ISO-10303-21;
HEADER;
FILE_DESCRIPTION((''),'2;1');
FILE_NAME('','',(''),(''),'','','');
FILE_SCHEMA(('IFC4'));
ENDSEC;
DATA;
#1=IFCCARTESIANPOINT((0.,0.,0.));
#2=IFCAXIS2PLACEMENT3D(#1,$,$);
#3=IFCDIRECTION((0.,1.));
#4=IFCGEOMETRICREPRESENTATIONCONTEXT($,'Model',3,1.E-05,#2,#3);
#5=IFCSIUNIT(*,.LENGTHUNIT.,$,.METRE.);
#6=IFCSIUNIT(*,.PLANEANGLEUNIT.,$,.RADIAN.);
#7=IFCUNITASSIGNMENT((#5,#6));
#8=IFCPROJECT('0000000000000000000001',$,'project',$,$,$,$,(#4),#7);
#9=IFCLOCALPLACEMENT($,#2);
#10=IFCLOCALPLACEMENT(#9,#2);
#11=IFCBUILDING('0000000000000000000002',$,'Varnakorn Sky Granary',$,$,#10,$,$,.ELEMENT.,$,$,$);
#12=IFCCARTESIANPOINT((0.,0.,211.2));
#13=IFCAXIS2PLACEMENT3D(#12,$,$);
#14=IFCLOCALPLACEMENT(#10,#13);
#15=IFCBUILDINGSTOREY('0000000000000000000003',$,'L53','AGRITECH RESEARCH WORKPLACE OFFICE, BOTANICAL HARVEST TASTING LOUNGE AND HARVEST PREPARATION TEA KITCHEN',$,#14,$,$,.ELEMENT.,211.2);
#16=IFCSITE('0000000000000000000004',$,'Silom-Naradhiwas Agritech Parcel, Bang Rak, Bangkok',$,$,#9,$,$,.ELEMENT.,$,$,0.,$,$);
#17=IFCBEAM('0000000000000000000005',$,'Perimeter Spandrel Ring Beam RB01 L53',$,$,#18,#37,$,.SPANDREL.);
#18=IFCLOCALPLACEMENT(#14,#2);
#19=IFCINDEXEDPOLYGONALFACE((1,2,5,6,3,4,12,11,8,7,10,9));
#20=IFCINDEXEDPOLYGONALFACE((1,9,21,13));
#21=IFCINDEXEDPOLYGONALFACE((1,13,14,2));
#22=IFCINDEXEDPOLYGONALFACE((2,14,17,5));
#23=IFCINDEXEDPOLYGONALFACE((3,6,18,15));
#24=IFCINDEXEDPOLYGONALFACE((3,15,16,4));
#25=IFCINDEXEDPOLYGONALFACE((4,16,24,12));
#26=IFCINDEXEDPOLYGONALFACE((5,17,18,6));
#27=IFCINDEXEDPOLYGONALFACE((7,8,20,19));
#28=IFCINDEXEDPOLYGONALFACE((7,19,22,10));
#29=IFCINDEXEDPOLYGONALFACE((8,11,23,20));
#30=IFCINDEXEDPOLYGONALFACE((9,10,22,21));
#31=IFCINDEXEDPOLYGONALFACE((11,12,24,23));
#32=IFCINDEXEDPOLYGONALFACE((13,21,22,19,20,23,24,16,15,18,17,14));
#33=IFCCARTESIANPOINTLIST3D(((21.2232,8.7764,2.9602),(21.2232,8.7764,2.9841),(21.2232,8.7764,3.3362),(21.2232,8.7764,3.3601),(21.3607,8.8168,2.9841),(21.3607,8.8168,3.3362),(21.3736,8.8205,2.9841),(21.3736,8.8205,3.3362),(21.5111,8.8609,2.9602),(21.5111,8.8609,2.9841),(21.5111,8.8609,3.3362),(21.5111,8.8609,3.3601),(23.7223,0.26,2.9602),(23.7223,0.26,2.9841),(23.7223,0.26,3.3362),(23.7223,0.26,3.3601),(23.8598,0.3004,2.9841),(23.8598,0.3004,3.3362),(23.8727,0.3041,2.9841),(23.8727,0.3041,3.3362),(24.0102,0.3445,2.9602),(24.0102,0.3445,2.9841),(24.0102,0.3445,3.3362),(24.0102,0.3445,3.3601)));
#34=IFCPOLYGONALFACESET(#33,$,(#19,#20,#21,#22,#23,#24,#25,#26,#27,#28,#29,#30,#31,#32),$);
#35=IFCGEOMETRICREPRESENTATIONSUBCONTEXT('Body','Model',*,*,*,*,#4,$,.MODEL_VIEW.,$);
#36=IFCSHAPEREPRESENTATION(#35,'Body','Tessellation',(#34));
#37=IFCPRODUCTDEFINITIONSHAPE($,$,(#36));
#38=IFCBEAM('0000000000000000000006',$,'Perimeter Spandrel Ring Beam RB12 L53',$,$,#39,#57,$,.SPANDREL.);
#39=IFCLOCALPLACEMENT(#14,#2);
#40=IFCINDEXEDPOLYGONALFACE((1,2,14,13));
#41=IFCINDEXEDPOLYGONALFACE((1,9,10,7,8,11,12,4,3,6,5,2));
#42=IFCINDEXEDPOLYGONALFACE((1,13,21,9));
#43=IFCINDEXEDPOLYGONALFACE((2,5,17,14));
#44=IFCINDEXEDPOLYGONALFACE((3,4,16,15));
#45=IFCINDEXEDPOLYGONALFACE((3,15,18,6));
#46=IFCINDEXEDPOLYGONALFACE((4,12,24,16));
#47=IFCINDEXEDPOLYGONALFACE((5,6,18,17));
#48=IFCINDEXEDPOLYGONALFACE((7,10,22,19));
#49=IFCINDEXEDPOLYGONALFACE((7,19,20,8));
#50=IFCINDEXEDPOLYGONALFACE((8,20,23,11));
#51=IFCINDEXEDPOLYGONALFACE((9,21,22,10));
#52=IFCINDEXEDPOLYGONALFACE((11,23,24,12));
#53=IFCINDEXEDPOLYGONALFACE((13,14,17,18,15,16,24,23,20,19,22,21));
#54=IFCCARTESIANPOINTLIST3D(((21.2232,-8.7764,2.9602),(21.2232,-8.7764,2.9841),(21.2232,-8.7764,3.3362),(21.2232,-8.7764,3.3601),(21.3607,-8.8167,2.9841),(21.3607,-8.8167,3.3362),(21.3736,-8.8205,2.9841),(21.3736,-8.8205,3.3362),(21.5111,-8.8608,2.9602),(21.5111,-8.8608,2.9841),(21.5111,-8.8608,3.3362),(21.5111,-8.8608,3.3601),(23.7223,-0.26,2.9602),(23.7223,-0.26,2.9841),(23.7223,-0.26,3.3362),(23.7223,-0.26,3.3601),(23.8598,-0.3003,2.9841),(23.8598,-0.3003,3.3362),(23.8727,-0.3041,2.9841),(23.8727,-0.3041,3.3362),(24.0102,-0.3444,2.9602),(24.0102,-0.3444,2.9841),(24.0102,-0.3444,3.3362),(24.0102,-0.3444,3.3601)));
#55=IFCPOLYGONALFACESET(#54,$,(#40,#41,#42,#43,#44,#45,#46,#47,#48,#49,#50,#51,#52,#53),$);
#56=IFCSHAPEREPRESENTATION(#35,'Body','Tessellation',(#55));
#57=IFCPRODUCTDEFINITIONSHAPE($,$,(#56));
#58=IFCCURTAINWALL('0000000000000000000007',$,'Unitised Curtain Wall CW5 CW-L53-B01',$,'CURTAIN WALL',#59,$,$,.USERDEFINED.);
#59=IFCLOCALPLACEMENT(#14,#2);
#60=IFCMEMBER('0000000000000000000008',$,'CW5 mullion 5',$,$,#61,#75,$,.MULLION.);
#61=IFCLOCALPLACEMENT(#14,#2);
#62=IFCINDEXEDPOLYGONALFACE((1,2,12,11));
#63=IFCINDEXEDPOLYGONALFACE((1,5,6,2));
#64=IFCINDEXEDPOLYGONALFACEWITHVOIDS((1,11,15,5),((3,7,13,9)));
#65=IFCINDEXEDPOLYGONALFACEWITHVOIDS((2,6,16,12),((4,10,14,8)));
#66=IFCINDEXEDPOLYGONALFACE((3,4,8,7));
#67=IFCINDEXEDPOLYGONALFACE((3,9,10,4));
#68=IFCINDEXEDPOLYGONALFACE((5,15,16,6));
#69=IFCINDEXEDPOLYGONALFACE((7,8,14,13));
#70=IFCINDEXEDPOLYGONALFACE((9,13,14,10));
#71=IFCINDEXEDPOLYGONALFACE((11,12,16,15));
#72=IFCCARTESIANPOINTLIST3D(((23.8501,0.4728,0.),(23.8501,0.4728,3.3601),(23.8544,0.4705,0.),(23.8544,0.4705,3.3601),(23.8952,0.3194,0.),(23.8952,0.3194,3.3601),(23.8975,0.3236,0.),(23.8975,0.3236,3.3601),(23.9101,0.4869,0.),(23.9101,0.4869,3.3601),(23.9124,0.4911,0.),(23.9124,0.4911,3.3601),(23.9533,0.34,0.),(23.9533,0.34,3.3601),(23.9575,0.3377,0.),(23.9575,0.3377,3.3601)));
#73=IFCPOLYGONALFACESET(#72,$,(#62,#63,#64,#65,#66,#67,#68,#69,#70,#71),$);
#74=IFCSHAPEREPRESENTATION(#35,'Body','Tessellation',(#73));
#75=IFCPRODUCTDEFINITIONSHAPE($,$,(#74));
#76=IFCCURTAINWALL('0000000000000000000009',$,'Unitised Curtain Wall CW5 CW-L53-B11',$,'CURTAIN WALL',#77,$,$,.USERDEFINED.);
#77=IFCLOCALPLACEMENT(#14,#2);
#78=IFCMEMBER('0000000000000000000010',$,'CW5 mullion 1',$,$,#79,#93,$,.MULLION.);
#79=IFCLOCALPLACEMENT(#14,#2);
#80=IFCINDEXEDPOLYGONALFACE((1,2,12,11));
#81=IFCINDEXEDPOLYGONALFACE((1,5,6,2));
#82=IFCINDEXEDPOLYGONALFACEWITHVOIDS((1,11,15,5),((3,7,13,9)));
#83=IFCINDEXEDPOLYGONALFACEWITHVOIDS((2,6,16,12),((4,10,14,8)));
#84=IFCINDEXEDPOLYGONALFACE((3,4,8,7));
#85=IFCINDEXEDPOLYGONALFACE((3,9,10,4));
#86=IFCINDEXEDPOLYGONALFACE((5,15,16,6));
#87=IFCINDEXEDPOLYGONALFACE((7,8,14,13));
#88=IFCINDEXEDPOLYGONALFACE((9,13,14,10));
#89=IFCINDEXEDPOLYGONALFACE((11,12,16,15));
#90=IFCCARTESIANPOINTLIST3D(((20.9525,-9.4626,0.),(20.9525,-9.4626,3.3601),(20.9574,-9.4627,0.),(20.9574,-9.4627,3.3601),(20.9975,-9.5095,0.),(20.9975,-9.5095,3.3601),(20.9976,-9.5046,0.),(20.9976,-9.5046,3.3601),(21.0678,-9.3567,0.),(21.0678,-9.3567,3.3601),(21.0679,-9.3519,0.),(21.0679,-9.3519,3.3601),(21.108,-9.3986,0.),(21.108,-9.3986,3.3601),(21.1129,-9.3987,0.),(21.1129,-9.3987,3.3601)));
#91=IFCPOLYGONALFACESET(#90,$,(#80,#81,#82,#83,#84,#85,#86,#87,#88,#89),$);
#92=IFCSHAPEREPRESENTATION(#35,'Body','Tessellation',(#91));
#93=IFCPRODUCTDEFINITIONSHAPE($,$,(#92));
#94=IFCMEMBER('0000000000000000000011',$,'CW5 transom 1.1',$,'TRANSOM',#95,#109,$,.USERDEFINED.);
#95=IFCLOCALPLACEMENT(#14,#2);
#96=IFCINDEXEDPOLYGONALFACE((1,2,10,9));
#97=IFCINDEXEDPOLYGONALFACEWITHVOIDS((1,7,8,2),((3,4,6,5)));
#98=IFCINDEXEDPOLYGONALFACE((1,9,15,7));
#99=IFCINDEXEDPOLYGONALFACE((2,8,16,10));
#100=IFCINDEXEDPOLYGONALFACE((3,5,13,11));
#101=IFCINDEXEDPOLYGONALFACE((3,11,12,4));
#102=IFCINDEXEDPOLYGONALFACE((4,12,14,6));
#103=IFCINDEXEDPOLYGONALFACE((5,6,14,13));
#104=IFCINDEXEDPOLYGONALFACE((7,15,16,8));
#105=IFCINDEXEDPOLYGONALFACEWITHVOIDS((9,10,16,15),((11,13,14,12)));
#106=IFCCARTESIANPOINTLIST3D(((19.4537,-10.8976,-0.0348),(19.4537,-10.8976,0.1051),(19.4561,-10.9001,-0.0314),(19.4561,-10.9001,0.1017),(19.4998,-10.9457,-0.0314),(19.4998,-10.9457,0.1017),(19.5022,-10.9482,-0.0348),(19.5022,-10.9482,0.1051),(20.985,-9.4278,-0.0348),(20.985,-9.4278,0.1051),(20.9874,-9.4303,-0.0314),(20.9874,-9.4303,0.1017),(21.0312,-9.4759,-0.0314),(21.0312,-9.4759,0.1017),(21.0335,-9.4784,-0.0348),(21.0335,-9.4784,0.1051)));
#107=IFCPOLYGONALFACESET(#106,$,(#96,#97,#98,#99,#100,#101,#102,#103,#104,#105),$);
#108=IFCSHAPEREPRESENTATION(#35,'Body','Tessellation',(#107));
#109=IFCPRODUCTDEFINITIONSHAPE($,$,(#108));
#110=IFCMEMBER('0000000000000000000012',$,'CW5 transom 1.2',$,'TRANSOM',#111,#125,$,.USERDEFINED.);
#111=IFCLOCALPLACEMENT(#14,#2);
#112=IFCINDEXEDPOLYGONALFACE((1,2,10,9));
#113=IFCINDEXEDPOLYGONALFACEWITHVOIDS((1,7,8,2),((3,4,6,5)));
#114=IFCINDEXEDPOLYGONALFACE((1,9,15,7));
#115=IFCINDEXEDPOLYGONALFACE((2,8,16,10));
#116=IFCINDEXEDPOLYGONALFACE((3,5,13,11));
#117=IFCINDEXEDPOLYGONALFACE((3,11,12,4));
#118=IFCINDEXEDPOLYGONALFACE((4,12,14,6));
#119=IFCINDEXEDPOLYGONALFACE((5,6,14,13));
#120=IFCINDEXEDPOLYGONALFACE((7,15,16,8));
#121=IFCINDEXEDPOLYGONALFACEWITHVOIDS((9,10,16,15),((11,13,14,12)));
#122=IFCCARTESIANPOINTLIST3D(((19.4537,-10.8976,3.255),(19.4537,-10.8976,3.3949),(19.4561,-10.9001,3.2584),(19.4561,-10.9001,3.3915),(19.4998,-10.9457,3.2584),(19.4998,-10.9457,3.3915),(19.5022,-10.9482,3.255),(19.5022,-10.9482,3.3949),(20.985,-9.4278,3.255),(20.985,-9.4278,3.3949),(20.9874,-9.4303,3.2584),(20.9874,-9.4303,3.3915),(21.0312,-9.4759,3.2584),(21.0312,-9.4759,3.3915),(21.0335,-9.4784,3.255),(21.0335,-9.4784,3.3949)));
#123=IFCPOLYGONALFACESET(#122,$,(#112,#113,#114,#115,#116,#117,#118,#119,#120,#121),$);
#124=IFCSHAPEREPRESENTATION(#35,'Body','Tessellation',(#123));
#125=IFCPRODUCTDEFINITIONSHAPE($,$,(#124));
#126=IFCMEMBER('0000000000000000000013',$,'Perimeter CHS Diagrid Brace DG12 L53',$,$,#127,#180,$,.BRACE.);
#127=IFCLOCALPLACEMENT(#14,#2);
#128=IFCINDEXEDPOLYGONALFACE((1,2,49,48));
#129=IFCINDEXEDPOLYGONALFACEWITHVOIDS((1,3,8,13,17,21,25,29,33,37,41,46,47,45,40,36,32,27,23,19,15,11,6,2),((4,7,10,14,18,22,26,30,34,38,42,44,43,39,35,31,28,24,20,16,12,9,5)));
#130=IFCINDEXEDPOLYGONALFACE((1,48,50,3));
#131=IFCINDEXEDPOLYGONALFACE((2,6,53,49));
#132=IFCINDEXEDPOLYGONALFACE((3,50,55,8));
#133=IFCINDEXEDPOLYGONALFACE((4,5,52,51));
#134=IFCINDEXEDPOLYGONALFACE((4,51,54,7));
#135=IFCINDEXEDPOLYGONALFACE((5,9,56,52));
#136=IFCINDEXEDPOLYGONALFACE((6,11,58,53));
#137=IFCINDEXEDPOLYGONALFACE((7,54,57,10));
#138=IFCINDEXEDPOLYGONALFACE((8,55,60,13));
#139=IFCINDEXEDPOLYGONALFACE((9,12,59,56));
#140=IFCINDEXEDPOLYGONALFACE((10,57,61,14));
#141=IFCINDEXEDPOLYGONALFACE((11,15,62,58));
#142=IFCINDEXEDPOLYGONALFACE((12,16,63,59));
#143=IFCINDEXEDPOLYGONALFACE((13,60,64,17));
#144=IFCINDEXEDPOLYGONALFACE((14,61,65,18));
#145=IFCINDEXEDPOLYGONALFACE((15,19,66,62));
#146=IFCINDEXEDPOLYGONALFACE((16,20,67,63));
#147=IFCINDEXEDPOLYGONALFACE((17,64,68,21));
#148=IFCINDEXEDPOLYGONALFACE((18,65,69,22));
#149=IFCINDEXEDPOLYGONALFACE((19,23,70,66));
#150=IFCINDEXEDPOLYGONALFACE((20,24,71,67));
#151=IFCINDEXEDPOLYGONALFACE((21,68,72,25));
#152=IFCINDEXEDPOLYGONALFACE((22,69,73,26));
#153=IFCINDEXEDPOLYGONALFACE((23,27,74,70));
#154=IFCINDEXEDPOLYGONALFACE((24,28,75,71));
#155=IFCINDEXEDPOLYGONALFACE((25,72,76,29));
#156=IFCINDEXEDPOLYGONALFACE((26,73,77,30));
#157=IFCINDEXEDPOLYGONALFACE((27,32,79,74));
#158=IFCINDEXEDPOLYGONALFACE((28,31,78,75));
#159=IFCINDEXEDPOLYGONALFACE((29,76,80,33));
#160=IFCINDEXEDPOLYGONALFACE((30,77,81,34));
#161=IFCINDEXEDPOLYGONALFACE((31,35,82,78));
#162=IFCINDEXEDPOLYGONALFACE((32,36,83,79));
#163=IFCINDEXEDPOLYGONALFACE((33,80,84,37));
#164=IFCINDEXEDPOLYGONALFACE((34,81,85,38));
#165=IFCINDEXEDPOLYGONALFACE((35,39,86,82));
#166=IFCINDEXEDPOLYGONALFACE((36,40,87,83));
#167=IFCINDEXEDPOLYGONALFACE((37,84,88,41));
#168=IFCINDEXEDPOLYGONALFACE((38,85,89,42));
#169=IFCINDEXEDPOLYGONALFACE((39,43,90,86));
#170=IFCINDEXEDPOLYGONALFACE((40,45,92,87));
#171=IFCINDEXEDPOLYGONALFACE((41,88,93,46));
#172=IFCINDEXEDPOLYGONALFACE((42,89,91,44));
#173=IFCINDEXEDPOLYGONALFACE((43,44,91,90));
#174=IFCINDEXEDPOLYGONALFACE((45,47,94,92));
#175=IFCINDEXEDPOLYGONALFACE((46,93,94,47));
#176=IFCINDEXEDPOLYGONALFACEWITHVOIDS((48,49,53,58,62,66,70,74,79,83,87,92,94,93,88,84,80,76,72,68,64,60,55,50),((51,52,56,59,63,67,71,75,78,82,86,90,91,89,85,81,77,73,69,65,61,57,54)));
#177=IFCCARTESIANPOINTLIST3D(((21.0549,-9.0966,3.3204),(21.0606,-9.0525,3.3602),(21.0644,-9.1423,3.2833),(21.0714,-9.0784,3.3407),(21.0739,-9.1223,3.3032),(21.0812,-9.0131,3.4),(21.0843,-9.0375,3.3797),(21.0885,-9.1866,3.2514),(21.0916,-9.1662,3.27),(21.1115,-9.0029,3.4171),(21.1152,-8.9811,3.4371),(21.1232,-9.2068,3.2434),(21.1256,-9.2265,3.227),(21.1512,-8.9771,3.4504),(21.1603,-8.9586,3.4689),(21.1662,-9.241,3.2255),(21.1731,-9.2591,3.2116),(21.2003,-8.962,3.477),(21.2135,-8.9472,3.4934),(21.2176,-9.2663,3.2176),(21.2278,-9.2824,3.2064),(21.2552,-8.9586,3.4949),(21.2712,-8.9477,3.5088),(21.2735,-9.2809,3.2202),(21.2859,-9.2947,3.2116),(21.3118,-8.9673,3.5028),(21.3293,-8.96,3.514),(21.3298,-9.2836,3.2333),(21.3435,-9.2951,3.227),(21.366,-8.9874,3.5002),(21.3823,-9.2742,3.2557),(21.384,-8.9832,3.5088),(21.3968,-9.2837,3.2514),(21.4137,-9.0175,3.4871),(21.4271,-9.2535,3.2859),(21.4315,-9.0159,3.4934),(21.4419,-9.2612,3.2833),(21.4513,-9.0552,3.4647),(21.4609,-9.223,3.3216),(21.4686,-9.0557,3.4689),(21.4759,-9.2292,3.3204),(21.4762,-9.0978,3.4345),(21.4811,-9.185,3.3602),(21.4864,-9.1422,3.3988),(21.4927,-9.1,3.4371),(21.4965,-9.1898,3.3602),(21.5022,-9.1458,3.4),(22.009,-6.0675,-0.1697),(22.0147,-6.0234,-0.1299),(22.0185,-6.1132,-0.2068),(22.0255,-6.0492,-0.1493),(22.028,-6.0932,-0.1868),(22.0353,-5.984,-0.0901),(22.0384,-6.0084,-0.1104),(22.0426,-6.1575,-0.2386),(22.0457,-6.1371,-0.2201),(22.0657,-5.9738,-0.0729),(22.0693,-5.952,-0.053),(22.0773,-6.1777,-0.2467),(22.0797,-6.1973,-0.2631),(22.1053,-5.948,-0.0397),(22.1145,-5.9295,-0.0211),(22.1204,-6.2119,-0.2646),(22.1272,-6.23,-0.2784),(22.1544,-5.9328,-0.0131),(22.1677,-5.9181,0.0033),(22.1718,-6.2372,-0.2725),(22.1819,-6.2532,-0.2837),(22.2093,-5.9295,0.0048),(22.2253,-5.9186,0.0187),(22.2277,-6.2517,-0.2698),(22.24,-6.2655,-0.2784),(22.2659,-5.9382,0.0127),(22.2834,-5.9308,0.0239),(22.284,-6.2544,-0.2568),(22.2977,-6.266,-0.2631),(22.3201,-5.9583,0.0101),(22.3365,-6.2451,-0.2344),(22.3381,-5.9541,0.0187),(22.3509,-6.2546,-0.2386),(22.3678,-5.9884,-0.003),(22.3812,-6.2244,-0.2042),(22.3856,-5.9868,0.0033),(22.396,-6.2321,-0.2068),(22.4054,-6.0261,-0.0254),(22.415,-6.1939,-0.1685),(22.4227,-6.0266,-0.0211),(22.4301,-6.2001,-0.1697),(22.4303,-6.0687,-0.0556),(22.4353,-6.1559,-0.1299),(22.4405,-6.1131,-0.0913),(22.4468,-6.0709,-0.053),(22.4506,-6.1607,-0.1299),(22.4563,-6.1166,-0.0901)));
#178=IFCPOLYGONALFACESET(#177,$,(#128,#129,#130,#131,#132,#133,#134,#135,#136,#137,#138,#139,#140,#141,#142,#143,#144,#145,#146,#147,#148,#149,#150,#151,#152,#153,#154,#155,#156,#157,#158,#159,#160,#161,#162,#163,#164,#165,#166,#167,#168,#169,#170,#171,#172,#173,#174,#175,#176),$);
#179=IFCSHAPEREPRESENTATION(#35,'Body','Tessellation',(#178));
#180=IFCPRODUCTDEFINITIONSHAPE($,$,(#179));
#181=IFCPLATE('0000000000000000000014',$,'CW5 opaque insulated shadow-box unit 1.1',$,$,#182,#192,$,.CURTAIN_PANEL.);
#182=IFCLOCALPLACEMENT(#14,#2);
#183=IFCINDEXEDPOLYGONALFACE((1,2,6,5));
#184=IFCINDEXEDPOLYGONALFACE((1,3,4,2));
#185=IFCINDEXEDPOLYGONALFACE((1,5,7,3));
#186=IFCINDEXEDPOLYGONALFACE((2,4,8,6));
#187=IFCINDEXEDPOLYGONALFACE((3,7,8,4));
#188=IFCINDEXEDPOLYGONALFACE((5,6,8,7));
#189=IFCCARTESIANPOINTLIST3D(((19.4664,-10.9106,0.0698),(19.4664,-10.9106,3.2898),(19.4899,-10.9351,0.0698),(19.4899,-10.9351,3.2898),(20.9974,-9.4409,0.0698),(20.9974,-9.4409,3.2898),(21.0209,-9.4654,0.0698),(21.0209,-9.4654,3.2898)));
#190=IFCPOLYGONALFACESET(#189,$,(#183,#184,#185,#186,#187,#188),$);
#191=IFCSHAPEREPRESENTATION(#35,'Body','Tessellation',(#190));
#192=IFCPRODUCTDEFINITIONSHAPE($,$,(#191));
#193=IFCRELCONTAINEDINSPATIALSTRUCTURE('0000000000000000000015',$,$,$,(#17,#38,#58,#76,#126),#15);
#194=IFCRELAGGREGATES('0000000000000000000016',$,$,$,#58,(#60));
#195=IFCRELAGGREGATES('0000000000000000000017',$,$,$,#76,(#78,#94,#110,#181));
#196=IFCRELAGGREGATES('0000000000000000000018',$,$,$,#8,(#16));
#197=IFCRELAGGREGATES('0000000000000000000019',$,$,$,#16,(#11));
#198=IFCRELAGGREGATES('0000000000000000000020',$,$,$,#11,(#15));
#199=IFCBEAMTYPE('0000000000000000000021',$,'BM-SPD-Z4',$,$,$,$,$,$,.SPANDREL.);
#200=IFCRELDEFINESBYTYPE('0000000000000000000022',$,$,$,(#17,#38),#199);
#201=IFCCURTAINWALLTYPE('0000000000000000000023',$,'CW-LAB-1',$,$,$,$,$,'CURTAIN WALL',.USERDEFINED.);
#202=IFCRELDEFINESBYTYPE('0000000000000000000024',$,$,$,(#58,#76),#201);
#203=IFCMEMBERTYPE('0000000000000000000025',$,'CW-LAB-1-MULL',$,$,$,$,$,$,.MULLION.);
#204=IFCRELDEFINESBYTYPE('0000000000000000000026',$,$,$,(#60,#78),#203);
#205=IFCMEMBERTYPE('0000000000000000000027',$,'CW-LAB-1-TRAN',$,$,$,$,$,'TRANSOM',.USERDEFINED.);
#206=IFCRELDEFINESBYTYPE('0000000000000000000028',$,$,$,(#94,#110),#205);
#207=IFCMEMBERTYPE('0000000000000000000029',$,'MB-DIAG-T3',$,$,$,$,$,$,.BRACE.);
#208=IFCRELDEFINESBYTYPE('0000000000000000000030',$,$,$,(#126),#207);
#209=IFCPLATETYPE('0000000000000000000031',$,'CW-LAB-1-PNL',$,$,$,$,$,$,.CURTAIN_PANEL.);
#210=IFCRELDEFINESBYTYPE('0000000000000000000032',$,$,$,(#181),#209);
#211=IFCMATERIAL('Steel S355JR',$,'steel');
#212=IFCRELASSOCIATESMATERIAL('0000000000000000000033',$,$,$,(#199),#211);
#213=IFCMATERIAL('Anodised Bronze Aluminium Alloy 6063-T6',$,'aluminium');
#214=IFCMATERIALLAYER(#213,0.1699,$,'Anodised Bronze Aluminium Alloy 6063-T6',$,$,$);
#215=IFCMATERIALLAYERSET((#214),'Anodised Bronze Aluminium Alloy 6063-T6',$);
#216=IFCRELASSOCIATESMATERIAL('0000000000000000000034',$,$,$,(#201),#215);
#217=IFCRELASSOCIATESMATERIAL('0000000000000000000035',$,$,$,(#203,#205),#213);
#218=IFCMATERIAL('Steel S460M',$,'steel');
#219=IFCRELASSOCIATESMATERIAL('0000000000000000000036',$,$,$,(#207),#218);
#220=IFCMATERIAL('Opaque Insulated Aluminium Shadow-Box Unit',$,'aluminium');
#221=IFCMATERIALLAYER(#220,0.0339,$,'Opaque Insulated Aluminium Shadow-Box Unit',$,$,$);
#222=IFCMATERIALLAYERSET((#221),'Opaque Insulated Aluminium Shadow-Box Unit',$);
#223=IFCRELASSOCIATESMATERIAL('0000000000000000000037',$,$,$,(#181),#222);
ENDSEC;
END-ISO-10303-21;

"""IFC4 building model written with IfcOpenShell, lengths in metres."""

from ifc_helpers import new_model, si_unit, direction, frame, origin, origin_2d, place, context, subcontext, project, spatial, rectangle, hollow_rectangle, hollow_circle, i_section, extrude, source, transform, mapped, material, layer, layer_set, material_profile, profile_set, type_object, type_shapes, element, aggregate, save


model = new_model("IFC4")

# Units and contexts
model_context = context("Model", 3, precision=1e-05, world=origin(), true_north=direction((0.0, 1.0)))
body_context = subcontext(model_context, "Body", "Model", "MODEL_VIEW")
ifc_project = project(units=[si_unit("LENGTHUNIT", "METRE"), si_unit("PLANEANGLEUNIT", "RADIAN")], contexts=[model_context])

# Site, building, storey
site_placement = place(None, origin())
site = spatial("IfcSite", under=ifc_project, at=site_placement, Name="Silom-Naradhiwas Agritech Parcel, Bang Rak, Bangkok", CompositionType="ELEMENT", RefElevation=0.0)
building_placement = place(site_placement, origin())
building = spatial("IfcBuilding", under=site, at=building_placement, Name="Varnakorn Sky Granary", CompositionType="ELEMENT")
storey_placement = place(building_placement, frame((0.0, 0.0, 211.2)))
storey = spatial("IfcBuildingStorey", under=building, at=storey_placement, Name="L53", Description="AGRITECH RESEARCH WORKPLACE OFFICE, BOTANICAL HARVEST TASTING LOUNGE AND HARVEST PREPARATION TEA KITCHEN", CompositionType="ELEMENT", Elevation=211.2)

# Shared definitions
ifc_material_1 = material(Name="Steel S460M", Category="steel")

# Beams
ifc_material_2 = material(Name="Steel S355JR", Category="steel")
ifc_material_profile_1 = material_profile(ifc_material_2, i_section(OverallWidth=0.3, OverallDepth=0.3999, WebThickness=0.0134, FlangeThickness=0.0239, at=origin_2d()), Name="HE 400 B")
ifc_profile_set_1 = profile_set([ifc_material_profile_1], Name="Steel S355JR")
beam_type_1 = type_object("IfcBeamType", Name="BM-SPD-Z4", PredefinedType="SPANDREL", material=ifc_profile_set_1)
for number, where, z_axis, x_axis, name in (
    (1, (23.8662, 0.3022, 3.1602), (-0.281566, 0.959542, 0.0), (-0.959542, -0.281566, 0.0), "Perimeter Spandrel Ring Beam RB01 L53"),
    (2, (21.3672, -8.8186, 3.1602), (0.281566, 0.959542, 0.0), (-0.959542, 0.281566, 0.0), "Perimeter Spandrel Ring Beam RB12 L53"),
):
    element("IfcBeam", number, at=place(storey_placement, frame(where, z_axis=z_axis, x_axis=x_axis)), inside=storey, type_object=beam_type_1, Name=name, PredefinedType="SPANDREL", context=body_context, shape_type="SweptSolid", body=[
        extrude(i_section(OverallWidth=0.3, OverallDepth=0.3999, WebThickness=0.0134, FlangeThickness=0.0239, at=origin_2d()), origin(), (0.0, 0.0, 1.0), 8.8755),
    ])

# Curtain wall, member
ifc_material_3 = material(Name="Anodised Bronze Aluminium Alloy 6063-T6", Category="aluminium")
ifc_layer_1 = layer(ifc_material_3, 0.1699, Name="Anodised Bronze Aluminium Alloy 6063-T6")
ifc_layer_set_1 = layer_set([ifc_layer_1], Name="Anodised Bronze Aluminium Alloy 6063-T6")
curtain_wall_type = type_object("IfcCurtainWallType", Name="CW-LAB-1", ElementType="CURTAIN WALL", PredefinedType="USERDEFINED", material=ifc_layer_set_1)
curtain_wall_1_placement = place(storey_placement, origin())
curtain_wall_1 = element("IfcCurtainWall", 3, at=curtain_wall_1_placement, inside=storey, type_object=curtain_wall_type, Name="Unitised Curtain Wall CW5 CW-L53-B01", ObjectType="CURTAIN WALL", PredefinedType="USERDEFINED")
ifc_material_profile_2 = material_profile(ifc_material_3, hollow_rectangle(XDim=0.0649, YDim=0.1599, WallThickness=0.0034, at=origin_2d()), Name="ALU MULL 65x160")
ifc_profile_set_2 = profile_set([ifc_material_profile_2], Name="Anodised Bronze Aluminium Alloy 6063-T6")
member_type_1 = type_object("IfcMemberType", Name="CW-LAB-1-MULL", PredefinedType="MULLION", material=ifc_profile_set_2)
member_1_placement = place(storey_placement, frame((23.9038, 0.4053, 0.0), z_axis=(0.0, 0.0, 1.0), x_axis=(0.959425, 0.281963, 0.0)))
member_1 = element("IfcMember", 4, at=member_1_placement, type_object=member_type_1, Name="CW5 mullion 5", PredefinedType="MULLION", context=body_context, shape_type="SweptSolid", body=[
    extrude(hollow_rectangle(XDim=0.0649, YDim=0.1599, WallThickness=0.0034, at=origin_2d()), origin(), (0.0, 0.0, 1.0), 3.3601),
])
aggregate(curtain_wall_1, [member_1])

# Curtain wall, members
curtain_wall_2_placement = place(storey_placement, origin())
curtain_wall_2 = element("IfcCurtainWall", 5, at=curtain_wall_2_placement, inside=storey, type_object=curtain_wall_type, Name="Unitised Curtain Wall CW5 CW-L53-B11", ObjectType="CURTAIN WALL", PredefinedType="USERDEFINED")
member_2_placement = place(storey_placement, frame((21.0327, -9.4307, 0.0), z_axis=(0.0, 0.0, 1.0), x_axis=(0.692516, -0.721402, 0.0)))
member_2 = element("IfcMember", 6, at=member_2_placement, type_object=member_type_1, Name="CW5 mullion 1", PredefinedType="MULLION", context=body_context, shape_type="SweptSolid", body=[
    extrude(hollow_rectangle(XDim=0.0649, YDim=0.1599, WallThickness=0.0034, at=origin_2d()), origin(), (0.0, 0.0, 1.0), 3.3601),
])
ifc_material_profile_3 = material_profile(ifc_material_3, hollow_rectangle(XDim=0.0701, YDim=0.1399, WallThickness=0.0034, at=origin_2d()), Name="ALU TRAN 70x140")
ifc_profile_set_3 = profile_set([ifc_material_profile_3], Name="Anodised Bronze Aluminium Alloy 6063-T6")
member_type_2 = type_object("IfcMemberType", Name="CW-LAB-1-TRAN", ElementType="TRANSOM", PredefinedType="USERDEFINED", material=ifc_profile_set_3)
member_3_placement = place(storey_placement, frame((21.0093, -9.4531, 0.0352), z_axis=(-0.721452, -0.692465, 0.0), x_axis=(0.692465, -0.721452, 0.0)))
member_3 = element("IfcMember", 7, at=member_3_placement, type_object=member_type_2, Name="CW5 transom 1.1", ObjectType="TRANSOM", PredefinedType="USERDEFINED", context=body_context, shape_type="SweptSolid", body=[
    extrude(hollow_rectangle(XDim=0.0701, YDim=0.1399, WallThickness=0.0034, at=origin_2d()), origin(), (0.0, 0.0, 1.0), 2.1226),
])
member_4_placement = place(storey_placement, frame((21.0093, -9.4531, 3.325), z_axis=(-0.721452, -0.692465, 0.0), x_axis=(0.692465, -0.721452, 0.0)))
member_4 = element("IfcMember", 8, at=member_4_placement, type_object=member_type_2, Name="CW5 transom 1.2", ObjectType="TRANSOM", PredefinedType="USERDEFINED", context=body_context, shape_type="SweptSolid", body=[
    extrude(hollow_rectangle(XDim=0.0701, YDim=0.1399, WallThickness=0.0034, at=origin_2d()), origin(), (0.0, 0.0, 1.0), 2.1226),
])

# Member
ifc_material_profile_4 = material_profile(ifc_material_1, hollow_circle(Radius=0.2285, WallThickness=0.0161, at=origin_2d()), Name="CHS 457x16")
ifc_profile_set_4 = profile_set([ifc_material_profile_4], Name="Steel S460M")
member_type_3 = type_object("IfcMemberType", Name="MB-DIAG-T3", PredefinedType="BRACE", material=ifc_profile_set_4)
member_5_placement = place(storey_placement, frame((22.2327, -6.092, -0.1299), z_axis=(-0.202199, -0.641934, 0.739619), x_axis=(0.953803, -0.300432, 0.0)))
element("IfcMember", 9, at=member_5_placement, inside=storey, type_object=member_type_3, Name="Perimeter CHS Diagrid Brace DG12 L53", PredefinedType="BRACE", context=body_context, shape_type="SweptSolid", body=[
    extrude(hollow_circle(Radius=0.2285, WallThickness=0.0161, at=origin_2d()), origin(), (0.0, 0.0, 1.0), 4.7188),
])

# Plate
ifc_material_4 = material(Name="Opaque Insulated Aluminium Shadow-Box Unit", Category="aluminium")
ifc_layer_2 = layer(ifc_material_4, 0.0339, Name="Opaque Insulated Aluminium Shadow-Box Unit")
ifc_layer_set_2 = layer_set([ifc_layer_2], Name="Opaque Insulated Aluminium Shadow-Box Unit")
plate_type = type_object("IfcPlateType", Name="CW-LAB-1-PNL", PredefinedType="CURTAIN_PANEL")
shared_shape_1 = source(origin(), body_context, "Body", "SweptSolid", [
    extrude(rectangle(XDim=2.1223, YDim=0.0339, at=origin_2d()), origin(), (0.0, 0.0, 1.0), 3.22),
])
type_shapes(plate_type, [shared_shape_1])
plate_placement = place(storey_placement, frame((20.2437, -10.188, 0.0698), z_axis=(0.0, 0.0, 1.0), x_axis=(-0.721402, -0.692516, 0.0)))
plate = element("IfcPlate", 10, at=plate_placement, type_object=plate_type, material=ifc_layer_set_2, Name="CW5 opaque insulated shadow-box unit 1.1", PredefinedType="CURTAIN_PANEL", context=body_context, shape_type="MappedRepresentation", body=[
    mapped(shared_shape_1, transform((0.0, 0.0, 0.0), x_axis=(1.0, 0.0, 0.0), y_axis=(0.0, 1.0, 0.0), z_axis=(0.0, 0.0, 1.0), scale=1.0)),
])
aggregate(curtain_wall_2, [member_2, member_3, member_4, plate])

save(model, "model.ifc")
